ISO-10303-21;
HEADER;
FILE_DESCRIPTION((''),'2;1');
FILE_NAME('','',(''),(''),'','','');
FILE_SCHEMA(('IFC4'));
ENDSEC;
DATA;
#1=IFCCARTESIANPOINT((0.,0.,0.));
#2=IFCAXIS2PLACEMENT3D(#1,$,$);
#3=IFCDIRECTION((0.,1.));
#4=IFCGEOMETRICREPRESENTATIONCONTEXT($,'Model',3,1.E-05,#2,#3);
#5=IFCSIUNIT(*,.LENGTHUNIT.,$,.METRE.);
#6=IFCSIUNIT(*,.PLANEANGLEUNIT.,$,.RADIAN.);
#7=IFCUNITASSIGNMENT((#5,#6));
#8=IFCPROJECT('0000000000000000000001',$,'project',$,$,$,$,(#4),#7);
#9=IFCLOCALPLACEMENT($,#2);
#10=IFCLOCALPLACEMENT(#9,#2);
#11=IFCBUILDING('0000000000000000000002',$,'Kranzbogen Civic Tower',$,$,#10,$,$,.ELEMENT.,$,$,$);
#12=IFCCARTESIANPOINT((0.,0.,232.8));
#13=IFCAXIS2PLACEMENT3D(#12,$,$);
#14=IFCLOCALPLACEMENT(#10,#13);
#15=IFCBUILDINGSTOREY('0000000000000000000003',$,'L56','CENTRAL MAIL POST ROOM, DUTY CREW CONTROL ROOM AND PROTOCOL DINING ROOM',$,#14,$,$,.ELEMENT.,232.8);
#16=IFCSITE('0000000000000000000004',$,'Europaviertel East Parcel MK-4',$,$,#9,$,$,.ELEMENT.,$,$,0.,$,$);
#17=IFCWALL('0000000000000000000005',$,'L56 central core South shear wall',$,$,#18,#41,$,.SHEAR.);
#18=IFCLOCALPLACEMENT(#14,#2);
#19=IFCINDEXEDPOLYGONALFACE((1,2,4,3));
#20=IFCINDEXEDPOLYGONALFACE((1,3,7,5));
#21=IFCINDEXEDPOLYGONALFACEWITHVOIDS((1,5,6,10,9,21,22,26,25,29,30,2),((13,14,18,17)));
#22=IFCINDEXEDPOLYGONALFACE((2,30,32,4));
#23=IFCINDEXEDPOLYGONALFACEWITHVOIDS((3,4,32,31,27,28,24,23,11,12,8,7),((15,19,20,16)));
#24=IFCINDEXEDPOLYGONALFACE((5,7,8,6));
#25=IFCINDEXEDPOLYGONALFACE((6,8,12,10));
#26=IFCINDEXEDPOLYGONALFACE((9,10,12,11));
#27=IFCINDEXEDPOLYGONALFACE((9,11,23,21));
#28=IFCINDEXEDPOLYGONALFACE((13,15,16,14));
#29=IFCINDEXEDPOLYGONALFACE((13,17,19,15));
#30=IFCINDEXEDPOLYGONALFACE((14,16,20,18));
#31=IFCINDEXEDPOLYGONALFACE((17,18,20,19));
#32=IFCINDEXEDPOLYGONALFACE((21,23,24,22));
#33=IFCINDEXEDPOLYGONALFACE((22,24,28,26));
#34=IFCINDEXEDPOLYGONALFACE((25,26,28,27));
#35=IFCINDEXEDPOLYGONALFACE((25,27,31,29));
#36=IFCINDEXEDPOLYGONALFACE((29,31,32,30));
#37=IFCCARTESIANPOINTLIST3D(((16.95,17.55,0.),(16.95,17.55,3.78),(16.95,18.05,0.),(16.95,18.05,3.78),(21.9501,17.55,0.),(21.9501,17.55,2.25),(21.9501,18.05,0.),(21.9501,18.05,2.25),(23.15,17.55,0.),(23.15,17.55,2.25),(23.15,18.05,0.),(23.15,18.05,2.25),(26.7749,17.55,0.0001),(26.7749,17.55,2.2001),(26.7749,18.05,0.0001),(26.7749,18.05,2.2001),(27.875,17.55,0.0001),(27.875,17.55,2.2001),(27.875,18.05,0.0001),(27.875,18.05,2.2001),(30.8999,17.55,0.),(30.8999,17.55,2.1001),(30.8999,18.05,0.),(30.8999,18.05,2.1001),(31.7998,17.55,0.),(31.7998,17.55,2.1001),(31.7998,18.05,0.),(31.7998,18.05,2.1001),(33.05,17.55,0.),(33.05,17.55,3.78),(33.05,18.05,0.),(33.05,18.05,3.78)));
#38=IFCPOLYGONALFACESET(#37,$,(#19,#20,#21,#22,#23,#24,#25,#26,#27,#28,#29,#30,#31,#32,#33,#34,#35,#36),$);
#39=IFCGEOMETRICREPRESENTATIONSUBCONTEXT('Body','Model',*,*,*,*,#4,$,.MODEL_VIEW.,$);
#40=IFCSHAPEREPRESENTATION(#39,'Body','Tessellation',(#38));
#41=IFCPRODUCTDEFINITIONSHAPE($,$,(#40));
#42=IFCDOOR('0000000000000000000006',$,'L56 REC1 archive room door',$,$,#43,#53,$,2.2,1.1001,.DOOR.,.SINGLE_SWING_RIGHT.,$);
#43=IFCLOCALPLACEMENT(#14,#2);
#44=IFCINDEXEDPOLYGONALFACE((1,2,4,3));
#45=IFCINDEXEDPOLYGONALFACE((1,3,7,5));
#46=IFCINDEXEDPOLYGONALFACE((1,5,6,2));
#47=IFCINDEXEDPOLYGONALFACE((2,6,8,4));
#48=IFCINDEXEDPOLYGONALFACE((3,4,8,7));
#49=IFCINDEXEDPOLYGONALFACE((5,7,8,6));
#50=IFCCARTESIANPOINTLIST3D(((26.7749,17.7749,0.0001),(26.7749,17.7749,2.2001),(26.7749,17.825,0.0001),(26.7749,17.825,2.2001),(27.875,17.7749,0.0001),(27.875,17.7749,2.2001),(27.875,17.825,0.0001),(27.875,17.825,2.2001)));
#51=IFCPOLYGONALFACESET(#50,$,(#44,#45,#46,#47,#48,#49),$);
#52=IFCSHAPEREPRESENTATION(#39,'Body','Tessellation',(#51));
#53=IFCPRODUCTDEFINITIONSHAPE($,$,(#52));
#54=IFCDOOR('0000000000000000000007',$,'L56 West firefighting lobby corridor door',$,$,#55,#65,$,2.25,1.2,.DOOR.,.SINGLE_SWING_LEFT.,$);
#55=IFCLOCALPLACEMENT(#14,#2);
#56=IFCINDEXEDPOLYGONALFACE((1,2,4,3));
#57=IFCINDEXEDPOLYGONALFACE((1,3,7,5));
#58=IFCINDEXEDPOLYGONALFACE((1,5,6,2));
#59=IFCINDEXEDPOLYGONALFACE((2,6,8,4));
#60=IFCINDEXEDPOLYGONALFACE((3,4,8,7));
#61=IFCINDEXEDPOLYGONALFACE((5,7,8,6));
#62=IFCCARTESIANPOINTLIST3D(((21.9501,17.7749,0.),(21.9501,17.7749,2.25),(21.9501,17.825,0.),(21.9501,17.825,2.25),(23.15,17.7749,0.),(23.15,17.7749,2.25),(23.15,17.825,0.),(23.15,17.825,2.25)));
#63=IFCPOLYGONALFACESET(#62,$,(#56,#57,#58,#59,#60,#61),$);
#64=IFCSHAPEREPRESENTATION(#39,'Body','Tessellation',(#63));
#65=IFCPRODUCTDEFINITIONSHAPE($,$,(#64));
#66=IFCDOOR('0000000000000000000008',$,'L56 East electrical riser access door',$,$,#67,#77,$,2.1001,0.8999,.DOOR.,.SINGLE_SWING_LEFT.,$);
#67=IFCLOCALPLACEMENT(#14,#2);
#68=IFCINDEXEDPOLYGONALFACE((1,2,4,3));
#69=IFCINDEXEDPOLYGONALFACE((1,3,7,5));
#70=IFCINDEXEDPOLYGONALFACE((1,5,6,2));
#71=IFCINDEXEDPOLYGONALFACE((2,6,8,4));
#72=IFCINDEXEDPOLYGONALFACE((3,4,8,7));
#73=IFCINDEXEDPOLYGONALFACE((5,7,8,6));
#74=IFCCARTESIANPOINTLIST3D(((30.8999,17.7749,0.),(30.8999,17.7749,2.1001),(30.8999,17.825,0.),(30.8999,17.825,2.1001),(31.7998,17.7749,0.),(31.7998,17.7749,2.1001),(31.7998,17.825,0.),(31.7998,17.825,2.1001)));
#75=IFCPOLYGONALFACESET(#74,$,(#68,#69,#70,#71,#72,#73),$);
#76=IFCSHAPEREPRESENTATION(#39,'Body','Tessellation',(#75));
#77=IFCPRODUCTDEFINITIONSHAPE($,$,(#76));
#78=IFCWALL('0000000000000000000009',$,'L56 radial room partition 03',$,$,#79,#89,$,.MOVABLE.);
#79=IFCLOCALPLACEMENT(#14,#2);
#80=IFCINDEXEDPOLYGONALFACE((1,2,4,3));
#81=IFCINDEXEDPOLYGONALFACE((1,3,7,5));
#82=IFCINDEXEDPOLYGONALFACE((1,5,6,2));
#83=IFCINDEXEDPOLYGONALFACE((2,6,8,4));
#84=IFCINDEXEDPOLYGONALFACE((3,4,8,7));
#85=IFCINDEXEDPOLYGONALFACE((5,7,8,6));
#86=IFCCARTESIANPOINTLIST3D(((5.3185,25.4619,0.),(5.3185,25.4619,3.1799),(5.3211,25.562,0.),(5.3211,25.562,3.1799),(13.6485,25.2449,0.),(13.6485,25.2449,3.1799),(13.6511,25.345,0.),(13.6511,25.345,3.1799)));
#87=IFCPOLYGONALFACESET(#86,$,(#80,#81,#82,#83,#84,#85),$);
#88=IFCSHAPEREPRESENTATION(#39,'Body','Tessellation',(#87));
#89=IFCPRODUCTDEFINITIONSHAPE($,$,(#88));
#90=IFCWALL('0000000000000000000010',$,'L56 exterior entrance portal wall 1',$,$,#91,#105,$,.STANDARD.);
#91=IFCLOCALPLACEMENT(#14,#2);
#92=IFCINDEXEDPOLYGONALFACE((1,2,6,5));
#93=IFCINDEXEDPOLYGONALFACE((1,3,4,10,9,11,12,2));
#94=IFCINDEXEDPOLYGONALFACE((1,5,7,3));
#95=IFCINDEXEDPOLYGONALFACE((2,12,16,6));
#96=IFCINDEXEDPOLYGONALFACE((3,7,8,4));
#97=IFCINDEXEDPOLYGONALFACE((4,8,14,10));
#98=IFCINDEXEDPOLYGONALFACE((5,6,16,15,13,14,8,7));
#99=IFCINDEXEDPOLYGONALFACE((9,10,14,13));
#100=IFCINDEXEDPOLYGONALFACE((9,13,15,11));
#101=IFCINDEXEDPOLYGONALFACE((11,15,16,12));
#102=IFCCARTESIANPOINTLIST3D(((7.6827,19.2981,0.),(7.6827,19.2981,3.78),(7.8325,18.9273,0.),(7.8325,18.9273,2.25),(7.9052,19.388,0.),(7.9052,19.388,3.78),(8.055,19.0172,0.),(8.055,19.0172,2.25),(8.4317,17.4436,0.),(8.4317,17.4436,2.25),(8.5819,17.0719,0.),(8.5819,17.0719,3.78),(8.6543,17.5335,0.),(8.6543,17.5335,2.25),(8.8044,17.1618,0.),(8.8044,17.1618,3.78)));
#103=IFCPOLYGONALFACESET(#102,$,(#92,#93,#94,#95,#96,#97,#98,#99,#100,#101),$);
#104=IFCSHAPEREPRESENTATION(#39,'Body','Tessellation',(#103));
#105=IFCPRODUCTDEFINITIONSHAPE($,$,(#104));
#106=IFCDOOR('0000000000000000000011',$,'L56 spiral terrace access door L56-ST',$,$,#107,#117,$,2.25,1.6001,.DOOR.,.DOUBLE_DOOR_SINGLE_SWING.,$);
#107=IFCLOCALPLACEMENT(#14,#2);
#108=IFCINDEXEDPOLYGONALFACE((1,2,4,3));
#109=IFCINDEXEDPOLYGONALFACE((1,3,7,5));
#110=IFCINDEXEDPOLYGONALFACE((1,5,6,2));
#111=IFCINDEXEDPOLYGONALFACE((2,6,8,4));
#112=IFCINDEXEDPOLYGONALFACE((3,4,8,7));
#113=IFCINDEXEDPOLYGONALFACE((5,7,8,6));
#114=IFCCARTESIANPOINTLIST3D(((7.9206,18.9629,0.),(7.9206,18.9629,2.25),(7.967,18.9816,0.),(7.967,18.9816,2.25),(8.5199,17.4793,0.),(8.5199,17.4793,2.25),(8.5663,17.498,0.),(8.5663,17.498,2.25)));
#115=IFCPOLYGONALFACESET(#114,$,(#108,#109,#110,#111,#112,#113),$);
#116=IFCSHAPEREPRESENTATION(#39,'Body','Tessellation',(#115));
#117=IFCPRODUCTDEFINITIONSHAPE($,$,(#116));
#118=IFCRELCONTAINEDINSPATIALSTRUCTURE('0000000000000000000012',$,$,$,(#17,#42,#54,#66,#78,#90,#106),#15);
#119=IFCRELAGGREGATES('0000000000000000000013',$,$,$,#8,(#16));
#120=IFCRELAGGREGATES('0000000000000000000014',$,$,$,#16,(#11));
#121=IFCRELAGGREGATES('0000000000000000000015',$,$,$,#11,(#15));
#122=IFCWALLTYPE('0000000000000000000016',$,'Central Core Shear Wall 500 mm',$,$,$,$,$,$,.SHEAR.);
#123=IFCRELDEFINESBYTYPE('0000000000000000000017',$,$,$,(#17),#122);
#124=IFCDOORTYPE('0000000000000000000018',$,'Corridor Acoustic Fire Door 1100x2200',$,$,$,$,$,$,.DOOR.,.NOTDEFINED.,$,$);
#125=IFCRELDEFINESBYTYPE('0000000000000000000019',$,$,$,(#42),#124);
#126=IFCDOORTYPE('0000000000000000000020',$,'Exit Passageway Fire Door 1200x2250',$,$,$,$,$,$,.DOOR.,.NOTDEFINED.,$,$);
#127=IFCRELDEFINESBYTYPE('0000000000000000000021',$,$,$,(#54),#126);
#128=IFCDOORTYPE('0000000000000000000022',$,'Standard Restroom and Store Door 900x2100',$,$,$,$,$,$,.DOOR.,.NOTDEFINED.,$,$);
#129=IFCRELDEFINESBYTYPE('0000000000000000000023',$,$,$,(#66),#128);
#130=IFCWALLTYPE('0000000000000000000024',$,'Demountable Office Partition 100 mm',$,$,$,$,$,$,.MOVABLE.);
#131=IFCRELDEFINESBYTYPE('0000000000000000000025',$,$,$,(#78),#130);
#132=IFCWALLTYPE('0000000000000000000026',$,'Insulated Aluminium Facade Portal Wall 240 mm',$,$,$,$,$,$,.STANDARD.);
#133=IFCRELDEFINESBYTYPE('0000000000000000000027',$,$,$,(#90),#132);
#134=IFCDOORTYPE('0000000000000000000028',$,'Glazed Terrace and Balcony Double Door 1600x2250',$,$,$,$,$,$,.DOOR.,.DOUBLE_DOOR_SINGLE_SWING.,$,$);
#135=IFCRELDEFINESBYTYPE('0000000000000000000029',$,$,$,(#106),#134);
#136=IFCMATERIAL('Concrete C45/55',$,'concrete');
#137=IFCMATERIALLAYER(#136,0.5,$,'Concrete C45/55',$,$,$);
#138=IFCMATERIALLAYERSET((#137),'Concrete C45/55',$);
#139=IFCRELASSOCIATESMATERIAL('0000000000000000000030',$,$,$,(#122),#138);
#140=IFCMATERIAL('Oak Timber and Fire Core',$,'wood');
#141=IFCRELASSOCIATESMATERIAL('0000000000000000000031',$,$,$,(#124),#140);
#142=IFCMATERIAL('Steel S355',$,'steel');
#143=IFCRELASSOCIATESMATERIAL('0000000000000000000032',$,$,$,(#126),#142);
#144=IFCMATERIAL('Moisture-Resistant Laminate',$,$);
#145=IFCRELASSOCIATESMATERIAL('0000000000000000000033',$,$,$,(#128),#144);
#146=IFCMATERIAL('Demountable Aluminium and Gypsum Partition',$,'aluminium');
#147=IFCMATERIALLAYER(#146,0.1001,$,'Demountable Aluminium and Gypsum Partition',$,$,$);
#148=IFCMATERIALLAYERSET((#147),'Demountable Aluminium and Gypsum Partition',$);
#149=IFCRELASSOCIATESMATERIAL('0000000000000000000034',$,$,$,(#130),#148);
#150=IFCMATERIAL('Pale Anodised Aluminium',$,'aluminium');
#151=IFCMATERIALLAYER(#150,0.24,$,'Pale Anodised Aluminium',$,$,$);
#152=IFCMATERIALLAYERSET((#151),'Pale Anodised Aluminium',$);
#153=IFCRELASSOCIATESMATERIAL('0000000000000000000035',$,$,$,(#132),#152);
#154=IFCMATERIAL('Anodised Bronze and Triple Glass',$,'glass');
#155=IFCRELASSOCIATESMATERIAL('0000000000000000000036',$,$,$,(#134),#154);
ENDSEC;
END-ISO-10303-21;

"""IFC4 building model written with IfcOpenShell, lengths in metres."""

from ifc_helpers import new_model, si_unit, direction, frame, frame_2d, origin, place, context, subcontext, project, spatial, rectangle, extrude, material, layer, layer_set, type_object, element, fill, save


model = new_model("IFC4")

# Units and contexts
model_context = context("Model", 3, precision=1e-05, world=origin(), true_north=direction((0.0, 1.0)))
body_context = subcontext(model_context, "Body", "Model", "MODEL_VIEW")
ifc_project = project(units=[si_unit("LENGTHUNIT", "METRE"), si_unit("PLANEANGLEUNIT", "RADIAN")], contexts=[model_context])

# Site, building, storey
site_placement = place(None, origin())
site = spatial("IfcSite", under=ifc_project, at=site_placement, Name="Europaviertel East Parcel MK-4", CompositionType="ELEMENT", RefElevation=0.0)
building_placement = place(site_placement, origin())
building = spatial("IfcBuilding", under=site, at=building_placement, Name="Kranzbogen Civic Tower", CompositionType="ELEMENT")
storey_placement = place(building_placement, frame((0.0, 0.0, 232.8)))
storey = spatial("IfcBuildingStorey", under=building, at=storey_placement, Name="L56", Description="CENTRAL MAIL POST ROOM, DUTY CREW CONTROL ROOM AND PROTOCOL DINING ROOM", CompositionType="ELEMENT", Elevation=232.8)

# Shared definitions
ifc_material_1 = material(Name="Pale Anodised Aluminium", Category="aluminium")

# Shared definitions
ifc_material_2 = material(Name="Steel S355", Category="steel")

# Wall, openings, doors
ifc_material_3 = material(Name="Concrete C45/55", Category="concrete")
ifc_layer_1 = layer(ifc_material_3, 0.5, Name="Concrete C45/55")
ifc_layer_set_1 = layer_set([ifc_layer_1], Name="Concrete C45/55")
wall_type_1 = type_object("IfcWallType", Name="Central Core Shear Wall 500 mm", PredefinedType="SHEAR", material=ifc_layer_set_1)
wall_1_placement = place(storey_placement, frame((16.95, 17.8, 0.0), z_axis=(0.0, 0.0, 1.0), x_axis=(1.0, 0.0, 0.0)))
wall_1 = element("IfcWall", 1, at=wall_1_placement, inside=storey, type_object=wall_type_1, Name="L56 central core South shear wall", PredefinedType="SHEAR", context=body_context, shape_type="SweptSolid", body=[
    extrude(rectangle(XDim=16.1001, YDim=0.5, at=frame_2d((8.05, 0.0))), origin(), (0.0, 0.0, 1.0), 3.78),
])
opening_1_placement = place(wall_1_placement, frame((5.0, 0.0, 0.0)))
opening_1 = element("IfcOpeningElement", 2, at=opening_1_placement, cuts=wall_1, PredefinedType="OPENING", context=body_context, shape_type="SweptSolid", body=[
    extrude(rectangle(XDim=1.2, YDim=2.25, at=frame_2d((0.6001, 1.125))), frame((0.0, 0.26, 0.0), z_axis=(0.0, -1.0, 0.0), x_axis=(1.0, 0.0, 0.0)), (0.0, 0.0, 1.0), 0.52),
])
opening_2_placement = place(wall_1_placement, frame((13.95, 0.0, 0.0)))
opening_2 = element("IfcOpeningElement", 3, at=opening_2_placement, cuts=wall_1, PredefinedType="OPENING", context=body_context, shape_type="SweptSolid", body=[
    extrude(rectangle(XDim=0.8999, YDim=2.1001, at=frame_2d((0.45, 1.05))), frame((0.0, 0.26, 0.0), z_axis=(0.0, -1.0, 0.0), x_axis=(1.0, 0.0, 0.0)), (0.0, 0.0, 1.0), 0.52),
])
opening_3_placement = place(wall_1_placement, frame((9.825, 0.0, 0.0)))
opening_3 = element("IfcOpeningElement", 4, at=opening_3_placement, cuts=wall_1, PredefinedType="OPENING", context=body_context, shape_type="SweptSolid", body=[
    extrude(rectangle(XDim=1.1001, YDim=2.2, at=frame_2d((0.55, 1.1001))), frame((0.0, 0.26, 0.0), z_axis=(0.0, -1.0, 0.0), x_axis=(1.0, 0.0, 0.0)), (0.0, 0.0, 1.0), 0.52),
])
ifc_material_4 = material(Name="Oak Timber and Fire Core", Category="wood")
door_type_1 = type_object("IfcDoorType", Name="Corridor Acoustic Fire Door 1100x2200", OperationType="NOTDEFINED", PredefinedType="DOOR", material=ifc_material_4)
door_1_placement = place(opening_3_placement, origin())
door_1 = element("IfcDoor", 5, at=door_1_placement, inside=storey, type_object=door_type_1, Name="L56 REC1 archive room door", OperationType="SINGLE_SWING_RIGHT", OverallHeight=2.2, OverallWidth=1.1001, PredefinedType="DOOR", context=body_context, shape_type="SweptSolid", body=[
    extrude(rectangle(XDim=1.1001, YDim=2.2, at=frame_2d((0.55, 1.1001))), frame((0.0, 0.0249, 0.0), z_axis=(0.0, -1.0, 0.0), x_axis=(1.0, 0.0, 0.0)), (0.0, 0.0, 1.0), 0.05),
])
fill(opening_3, door_1)
door_type_2 = type_object("IfcDoorType", Name="Exit Passageway Fire Door 1200x2250", OperationType="NOTDEFINED", PredefinedType="DOOR", material=ifc_material_2)
door_2_placement = place(opening_1_placement, origin())
door_2 = element("IfcDoor", 6, at=door_2_placement, inside=storey, type_object=door_type_2, Name="L56 West firefighting lobby corridor door", OperationType="SINGLE_SWING_LEFT", OverallHeight=2.25, OverallWidth=1.2, PredefinedType="DOOR", context=body_context, shape_type="SweptSolid", body=[
    extrude(rectangle(XDim=1.2, YDim=2.25, at=frame_2d((0.6001, 1.125))), frame((0.0, 0.0249, 0.0), z_axis=(0.0, -1.0, 0.0), x_axis=(1.0, 0.0, 0.0)), (0.0, 0.0, 1.0), 0.05),
])
fill(opening_1, door_2)
ifc_material_5 = material(Name="Moisture-Resistant Laminate")
door_type_3 = type_object("IfcDoorType", Name="Standard Restroom and Store Door 900x2100", OperationType="NOTDEFINED", PredefinedType="DOOR", material=ifc_material_5)
door_3_placement = place(opening_2_placement, origin())
door_3 = element("IfcDoor", 7, at=door_3_placement, inside=storey, type_object=door_type_3, Name="L56 East electrical riser access door", OperationType="SINGLE_SWING_LEFT", OverallHeight=2.1001, OverallWidth=0.8999, PredefinedType="DOOR", context=body_context, shape_type="SweptSolid", body=[
    extrude(rectangle(XDim=0.8999, YDim=2.1001, at=frame_2d((0.45, 1.05))), frame((0.0, 0.0249, 0.0), z_axis=(0.0, -1.0, 0.0), x_axis=(1.0, 0.0, 0.0)), (0.0, 0.0, 1.0), 0.05),
])
fill(opening_2, door_3)

# Wall
ifc_material_6 = material(Name="Demountable Aluminium and Gypsum Partition", Category="aluminium")
ifc_layer_2 = layer(ifc_material_6, 0.1001, Name="Demountable Aluminium and Gypsum Partition")
ifc_layer_set_2 = layer_set([ifc_layer_2], Name="Demountable Aluminium and Gypsum Partition")
wall_type_2 = type_object("IfcWallType", Name="Demountable Office Partition 100 mm", PredefinedType="MOVABLE", material=ifc_layer_set_2)
wall_2_placement = place(storey_placement, frame((13.6499, 25.2949, 0.0), z_axis=(0.0, 0.0, 1.0), x_axis=(-0.999661, 0.026047, 0.0)))
element("IfcWall", 8, at=wall_2_placement, inside=storey, type_object=wall_type_2, Name="L56 radial room partition 03", PredefinedType="MOVABLE", context=body_context, shape_type="SweptSolid", body=[
    extrude(rectangle(XDim=8.3328, YDim=0.1001, at=frame_2d((4.1665, 0.0))), origin(), (0.0, 0.0, 1.0), 3.1799),
])

# Wall, opening, door
ifc_layer_3 = layer(ifc_material_1, 0.24, Name="Pale Anodised Aluminium")
ifc_layer_set_3 = layer_set([ifc_layer_3], Name="Pale Anodised Aluminium")
wall_type_3 = type_object("IfcWallType", Name="Insulated Aluminium Facade Portal Wall 240 mm", PredefinedType="STANDARD", material=ifc_layer_set_3)
wall_3_placement = place(storey_placement, frame((7.7939, 19.343, 0.0), z_axis=(0.0, 0.0, 1.0), x_axis=(0.374527, -0.927216, 0.0)))
wall_3 = element("IfcWall", 9, at=wall_3_placement, inside=storey, type_object=wall_type_3, Name="L56 exterior entrance portal wall 1", PredefinedType="STANDARD", context=body_context, shape_type="SweptSolid", body=[
    extrude(rectangle(XDim=2.4009, YDim=0.24, at=frame_2d((1.2004, 0.0))), origin(), (0.0, 0.0, 1.0), 3.78),
])
opening_4_placement = place(wall_3_placement, frame((0.3999, 0.0, 0.0)))
opening_4 = element("IfcOpeningElement", 10, at=opening_4_placement, cuts=wall_3, PredefinedType="OPENING", context=body_context, shape_type="SweptSolid", body=[
    extrude(rectangle(XDim=1.6001, YDim=2.25, at=frame_2d((0.8, 1.125))), frame((0.0, 0.1299, 0.0), z_axis=(0.0, -1.0, 0.0), x_axis=(1.0, 0.0, 0.0)), (0.0, 0.0, 1.0), 0.26),
])
ifc_material_7 = material(Name="Anodised Bronze and Triple Glass", Category="glass")
door_type_4 = type_object("IfcDoorType", Name="Glazed Terrace and Balcony Double Door 1600x2250", OperationType="DOUBLE_DOOR_SINGLE_SWING", PredefinedType="DOOR", material=ifc_material_7)
door_4_placement = place(opening_4_placement, frame((1.6001, 0.0, 0.0), z_axis=(0.0, 0.0, 1.0), x_axis=(-1.0, 0.0, 0.0)))
door_4 = element("IfcDoor", 11, at=door_4_placement, inside=storey, type_object=door_type_4, Name="L56 spiral terrace access door L56-ST", OperationType="DOUBLE_DOOR_SINGLE_SWING", OverallHeight=2.25, OverallWidth=1.6001, PredefinedType="DOOR", context=body_context, shape_type="SweptSolid", body=[
    extrude(rectangle(XDim=1.6001, YDim=2.25, at=frame_2d((0.8, 1.125))), frame((0.0, 0.0249, 0.0), z_axis=(0.0, -1.0, 0.0), x_axis=(1.0, 0.0, 0.0)), (0.0, 0.0, 1.0), 0.05),
])
fill(opening_4, door_4)

save(model, "model.ifc")
